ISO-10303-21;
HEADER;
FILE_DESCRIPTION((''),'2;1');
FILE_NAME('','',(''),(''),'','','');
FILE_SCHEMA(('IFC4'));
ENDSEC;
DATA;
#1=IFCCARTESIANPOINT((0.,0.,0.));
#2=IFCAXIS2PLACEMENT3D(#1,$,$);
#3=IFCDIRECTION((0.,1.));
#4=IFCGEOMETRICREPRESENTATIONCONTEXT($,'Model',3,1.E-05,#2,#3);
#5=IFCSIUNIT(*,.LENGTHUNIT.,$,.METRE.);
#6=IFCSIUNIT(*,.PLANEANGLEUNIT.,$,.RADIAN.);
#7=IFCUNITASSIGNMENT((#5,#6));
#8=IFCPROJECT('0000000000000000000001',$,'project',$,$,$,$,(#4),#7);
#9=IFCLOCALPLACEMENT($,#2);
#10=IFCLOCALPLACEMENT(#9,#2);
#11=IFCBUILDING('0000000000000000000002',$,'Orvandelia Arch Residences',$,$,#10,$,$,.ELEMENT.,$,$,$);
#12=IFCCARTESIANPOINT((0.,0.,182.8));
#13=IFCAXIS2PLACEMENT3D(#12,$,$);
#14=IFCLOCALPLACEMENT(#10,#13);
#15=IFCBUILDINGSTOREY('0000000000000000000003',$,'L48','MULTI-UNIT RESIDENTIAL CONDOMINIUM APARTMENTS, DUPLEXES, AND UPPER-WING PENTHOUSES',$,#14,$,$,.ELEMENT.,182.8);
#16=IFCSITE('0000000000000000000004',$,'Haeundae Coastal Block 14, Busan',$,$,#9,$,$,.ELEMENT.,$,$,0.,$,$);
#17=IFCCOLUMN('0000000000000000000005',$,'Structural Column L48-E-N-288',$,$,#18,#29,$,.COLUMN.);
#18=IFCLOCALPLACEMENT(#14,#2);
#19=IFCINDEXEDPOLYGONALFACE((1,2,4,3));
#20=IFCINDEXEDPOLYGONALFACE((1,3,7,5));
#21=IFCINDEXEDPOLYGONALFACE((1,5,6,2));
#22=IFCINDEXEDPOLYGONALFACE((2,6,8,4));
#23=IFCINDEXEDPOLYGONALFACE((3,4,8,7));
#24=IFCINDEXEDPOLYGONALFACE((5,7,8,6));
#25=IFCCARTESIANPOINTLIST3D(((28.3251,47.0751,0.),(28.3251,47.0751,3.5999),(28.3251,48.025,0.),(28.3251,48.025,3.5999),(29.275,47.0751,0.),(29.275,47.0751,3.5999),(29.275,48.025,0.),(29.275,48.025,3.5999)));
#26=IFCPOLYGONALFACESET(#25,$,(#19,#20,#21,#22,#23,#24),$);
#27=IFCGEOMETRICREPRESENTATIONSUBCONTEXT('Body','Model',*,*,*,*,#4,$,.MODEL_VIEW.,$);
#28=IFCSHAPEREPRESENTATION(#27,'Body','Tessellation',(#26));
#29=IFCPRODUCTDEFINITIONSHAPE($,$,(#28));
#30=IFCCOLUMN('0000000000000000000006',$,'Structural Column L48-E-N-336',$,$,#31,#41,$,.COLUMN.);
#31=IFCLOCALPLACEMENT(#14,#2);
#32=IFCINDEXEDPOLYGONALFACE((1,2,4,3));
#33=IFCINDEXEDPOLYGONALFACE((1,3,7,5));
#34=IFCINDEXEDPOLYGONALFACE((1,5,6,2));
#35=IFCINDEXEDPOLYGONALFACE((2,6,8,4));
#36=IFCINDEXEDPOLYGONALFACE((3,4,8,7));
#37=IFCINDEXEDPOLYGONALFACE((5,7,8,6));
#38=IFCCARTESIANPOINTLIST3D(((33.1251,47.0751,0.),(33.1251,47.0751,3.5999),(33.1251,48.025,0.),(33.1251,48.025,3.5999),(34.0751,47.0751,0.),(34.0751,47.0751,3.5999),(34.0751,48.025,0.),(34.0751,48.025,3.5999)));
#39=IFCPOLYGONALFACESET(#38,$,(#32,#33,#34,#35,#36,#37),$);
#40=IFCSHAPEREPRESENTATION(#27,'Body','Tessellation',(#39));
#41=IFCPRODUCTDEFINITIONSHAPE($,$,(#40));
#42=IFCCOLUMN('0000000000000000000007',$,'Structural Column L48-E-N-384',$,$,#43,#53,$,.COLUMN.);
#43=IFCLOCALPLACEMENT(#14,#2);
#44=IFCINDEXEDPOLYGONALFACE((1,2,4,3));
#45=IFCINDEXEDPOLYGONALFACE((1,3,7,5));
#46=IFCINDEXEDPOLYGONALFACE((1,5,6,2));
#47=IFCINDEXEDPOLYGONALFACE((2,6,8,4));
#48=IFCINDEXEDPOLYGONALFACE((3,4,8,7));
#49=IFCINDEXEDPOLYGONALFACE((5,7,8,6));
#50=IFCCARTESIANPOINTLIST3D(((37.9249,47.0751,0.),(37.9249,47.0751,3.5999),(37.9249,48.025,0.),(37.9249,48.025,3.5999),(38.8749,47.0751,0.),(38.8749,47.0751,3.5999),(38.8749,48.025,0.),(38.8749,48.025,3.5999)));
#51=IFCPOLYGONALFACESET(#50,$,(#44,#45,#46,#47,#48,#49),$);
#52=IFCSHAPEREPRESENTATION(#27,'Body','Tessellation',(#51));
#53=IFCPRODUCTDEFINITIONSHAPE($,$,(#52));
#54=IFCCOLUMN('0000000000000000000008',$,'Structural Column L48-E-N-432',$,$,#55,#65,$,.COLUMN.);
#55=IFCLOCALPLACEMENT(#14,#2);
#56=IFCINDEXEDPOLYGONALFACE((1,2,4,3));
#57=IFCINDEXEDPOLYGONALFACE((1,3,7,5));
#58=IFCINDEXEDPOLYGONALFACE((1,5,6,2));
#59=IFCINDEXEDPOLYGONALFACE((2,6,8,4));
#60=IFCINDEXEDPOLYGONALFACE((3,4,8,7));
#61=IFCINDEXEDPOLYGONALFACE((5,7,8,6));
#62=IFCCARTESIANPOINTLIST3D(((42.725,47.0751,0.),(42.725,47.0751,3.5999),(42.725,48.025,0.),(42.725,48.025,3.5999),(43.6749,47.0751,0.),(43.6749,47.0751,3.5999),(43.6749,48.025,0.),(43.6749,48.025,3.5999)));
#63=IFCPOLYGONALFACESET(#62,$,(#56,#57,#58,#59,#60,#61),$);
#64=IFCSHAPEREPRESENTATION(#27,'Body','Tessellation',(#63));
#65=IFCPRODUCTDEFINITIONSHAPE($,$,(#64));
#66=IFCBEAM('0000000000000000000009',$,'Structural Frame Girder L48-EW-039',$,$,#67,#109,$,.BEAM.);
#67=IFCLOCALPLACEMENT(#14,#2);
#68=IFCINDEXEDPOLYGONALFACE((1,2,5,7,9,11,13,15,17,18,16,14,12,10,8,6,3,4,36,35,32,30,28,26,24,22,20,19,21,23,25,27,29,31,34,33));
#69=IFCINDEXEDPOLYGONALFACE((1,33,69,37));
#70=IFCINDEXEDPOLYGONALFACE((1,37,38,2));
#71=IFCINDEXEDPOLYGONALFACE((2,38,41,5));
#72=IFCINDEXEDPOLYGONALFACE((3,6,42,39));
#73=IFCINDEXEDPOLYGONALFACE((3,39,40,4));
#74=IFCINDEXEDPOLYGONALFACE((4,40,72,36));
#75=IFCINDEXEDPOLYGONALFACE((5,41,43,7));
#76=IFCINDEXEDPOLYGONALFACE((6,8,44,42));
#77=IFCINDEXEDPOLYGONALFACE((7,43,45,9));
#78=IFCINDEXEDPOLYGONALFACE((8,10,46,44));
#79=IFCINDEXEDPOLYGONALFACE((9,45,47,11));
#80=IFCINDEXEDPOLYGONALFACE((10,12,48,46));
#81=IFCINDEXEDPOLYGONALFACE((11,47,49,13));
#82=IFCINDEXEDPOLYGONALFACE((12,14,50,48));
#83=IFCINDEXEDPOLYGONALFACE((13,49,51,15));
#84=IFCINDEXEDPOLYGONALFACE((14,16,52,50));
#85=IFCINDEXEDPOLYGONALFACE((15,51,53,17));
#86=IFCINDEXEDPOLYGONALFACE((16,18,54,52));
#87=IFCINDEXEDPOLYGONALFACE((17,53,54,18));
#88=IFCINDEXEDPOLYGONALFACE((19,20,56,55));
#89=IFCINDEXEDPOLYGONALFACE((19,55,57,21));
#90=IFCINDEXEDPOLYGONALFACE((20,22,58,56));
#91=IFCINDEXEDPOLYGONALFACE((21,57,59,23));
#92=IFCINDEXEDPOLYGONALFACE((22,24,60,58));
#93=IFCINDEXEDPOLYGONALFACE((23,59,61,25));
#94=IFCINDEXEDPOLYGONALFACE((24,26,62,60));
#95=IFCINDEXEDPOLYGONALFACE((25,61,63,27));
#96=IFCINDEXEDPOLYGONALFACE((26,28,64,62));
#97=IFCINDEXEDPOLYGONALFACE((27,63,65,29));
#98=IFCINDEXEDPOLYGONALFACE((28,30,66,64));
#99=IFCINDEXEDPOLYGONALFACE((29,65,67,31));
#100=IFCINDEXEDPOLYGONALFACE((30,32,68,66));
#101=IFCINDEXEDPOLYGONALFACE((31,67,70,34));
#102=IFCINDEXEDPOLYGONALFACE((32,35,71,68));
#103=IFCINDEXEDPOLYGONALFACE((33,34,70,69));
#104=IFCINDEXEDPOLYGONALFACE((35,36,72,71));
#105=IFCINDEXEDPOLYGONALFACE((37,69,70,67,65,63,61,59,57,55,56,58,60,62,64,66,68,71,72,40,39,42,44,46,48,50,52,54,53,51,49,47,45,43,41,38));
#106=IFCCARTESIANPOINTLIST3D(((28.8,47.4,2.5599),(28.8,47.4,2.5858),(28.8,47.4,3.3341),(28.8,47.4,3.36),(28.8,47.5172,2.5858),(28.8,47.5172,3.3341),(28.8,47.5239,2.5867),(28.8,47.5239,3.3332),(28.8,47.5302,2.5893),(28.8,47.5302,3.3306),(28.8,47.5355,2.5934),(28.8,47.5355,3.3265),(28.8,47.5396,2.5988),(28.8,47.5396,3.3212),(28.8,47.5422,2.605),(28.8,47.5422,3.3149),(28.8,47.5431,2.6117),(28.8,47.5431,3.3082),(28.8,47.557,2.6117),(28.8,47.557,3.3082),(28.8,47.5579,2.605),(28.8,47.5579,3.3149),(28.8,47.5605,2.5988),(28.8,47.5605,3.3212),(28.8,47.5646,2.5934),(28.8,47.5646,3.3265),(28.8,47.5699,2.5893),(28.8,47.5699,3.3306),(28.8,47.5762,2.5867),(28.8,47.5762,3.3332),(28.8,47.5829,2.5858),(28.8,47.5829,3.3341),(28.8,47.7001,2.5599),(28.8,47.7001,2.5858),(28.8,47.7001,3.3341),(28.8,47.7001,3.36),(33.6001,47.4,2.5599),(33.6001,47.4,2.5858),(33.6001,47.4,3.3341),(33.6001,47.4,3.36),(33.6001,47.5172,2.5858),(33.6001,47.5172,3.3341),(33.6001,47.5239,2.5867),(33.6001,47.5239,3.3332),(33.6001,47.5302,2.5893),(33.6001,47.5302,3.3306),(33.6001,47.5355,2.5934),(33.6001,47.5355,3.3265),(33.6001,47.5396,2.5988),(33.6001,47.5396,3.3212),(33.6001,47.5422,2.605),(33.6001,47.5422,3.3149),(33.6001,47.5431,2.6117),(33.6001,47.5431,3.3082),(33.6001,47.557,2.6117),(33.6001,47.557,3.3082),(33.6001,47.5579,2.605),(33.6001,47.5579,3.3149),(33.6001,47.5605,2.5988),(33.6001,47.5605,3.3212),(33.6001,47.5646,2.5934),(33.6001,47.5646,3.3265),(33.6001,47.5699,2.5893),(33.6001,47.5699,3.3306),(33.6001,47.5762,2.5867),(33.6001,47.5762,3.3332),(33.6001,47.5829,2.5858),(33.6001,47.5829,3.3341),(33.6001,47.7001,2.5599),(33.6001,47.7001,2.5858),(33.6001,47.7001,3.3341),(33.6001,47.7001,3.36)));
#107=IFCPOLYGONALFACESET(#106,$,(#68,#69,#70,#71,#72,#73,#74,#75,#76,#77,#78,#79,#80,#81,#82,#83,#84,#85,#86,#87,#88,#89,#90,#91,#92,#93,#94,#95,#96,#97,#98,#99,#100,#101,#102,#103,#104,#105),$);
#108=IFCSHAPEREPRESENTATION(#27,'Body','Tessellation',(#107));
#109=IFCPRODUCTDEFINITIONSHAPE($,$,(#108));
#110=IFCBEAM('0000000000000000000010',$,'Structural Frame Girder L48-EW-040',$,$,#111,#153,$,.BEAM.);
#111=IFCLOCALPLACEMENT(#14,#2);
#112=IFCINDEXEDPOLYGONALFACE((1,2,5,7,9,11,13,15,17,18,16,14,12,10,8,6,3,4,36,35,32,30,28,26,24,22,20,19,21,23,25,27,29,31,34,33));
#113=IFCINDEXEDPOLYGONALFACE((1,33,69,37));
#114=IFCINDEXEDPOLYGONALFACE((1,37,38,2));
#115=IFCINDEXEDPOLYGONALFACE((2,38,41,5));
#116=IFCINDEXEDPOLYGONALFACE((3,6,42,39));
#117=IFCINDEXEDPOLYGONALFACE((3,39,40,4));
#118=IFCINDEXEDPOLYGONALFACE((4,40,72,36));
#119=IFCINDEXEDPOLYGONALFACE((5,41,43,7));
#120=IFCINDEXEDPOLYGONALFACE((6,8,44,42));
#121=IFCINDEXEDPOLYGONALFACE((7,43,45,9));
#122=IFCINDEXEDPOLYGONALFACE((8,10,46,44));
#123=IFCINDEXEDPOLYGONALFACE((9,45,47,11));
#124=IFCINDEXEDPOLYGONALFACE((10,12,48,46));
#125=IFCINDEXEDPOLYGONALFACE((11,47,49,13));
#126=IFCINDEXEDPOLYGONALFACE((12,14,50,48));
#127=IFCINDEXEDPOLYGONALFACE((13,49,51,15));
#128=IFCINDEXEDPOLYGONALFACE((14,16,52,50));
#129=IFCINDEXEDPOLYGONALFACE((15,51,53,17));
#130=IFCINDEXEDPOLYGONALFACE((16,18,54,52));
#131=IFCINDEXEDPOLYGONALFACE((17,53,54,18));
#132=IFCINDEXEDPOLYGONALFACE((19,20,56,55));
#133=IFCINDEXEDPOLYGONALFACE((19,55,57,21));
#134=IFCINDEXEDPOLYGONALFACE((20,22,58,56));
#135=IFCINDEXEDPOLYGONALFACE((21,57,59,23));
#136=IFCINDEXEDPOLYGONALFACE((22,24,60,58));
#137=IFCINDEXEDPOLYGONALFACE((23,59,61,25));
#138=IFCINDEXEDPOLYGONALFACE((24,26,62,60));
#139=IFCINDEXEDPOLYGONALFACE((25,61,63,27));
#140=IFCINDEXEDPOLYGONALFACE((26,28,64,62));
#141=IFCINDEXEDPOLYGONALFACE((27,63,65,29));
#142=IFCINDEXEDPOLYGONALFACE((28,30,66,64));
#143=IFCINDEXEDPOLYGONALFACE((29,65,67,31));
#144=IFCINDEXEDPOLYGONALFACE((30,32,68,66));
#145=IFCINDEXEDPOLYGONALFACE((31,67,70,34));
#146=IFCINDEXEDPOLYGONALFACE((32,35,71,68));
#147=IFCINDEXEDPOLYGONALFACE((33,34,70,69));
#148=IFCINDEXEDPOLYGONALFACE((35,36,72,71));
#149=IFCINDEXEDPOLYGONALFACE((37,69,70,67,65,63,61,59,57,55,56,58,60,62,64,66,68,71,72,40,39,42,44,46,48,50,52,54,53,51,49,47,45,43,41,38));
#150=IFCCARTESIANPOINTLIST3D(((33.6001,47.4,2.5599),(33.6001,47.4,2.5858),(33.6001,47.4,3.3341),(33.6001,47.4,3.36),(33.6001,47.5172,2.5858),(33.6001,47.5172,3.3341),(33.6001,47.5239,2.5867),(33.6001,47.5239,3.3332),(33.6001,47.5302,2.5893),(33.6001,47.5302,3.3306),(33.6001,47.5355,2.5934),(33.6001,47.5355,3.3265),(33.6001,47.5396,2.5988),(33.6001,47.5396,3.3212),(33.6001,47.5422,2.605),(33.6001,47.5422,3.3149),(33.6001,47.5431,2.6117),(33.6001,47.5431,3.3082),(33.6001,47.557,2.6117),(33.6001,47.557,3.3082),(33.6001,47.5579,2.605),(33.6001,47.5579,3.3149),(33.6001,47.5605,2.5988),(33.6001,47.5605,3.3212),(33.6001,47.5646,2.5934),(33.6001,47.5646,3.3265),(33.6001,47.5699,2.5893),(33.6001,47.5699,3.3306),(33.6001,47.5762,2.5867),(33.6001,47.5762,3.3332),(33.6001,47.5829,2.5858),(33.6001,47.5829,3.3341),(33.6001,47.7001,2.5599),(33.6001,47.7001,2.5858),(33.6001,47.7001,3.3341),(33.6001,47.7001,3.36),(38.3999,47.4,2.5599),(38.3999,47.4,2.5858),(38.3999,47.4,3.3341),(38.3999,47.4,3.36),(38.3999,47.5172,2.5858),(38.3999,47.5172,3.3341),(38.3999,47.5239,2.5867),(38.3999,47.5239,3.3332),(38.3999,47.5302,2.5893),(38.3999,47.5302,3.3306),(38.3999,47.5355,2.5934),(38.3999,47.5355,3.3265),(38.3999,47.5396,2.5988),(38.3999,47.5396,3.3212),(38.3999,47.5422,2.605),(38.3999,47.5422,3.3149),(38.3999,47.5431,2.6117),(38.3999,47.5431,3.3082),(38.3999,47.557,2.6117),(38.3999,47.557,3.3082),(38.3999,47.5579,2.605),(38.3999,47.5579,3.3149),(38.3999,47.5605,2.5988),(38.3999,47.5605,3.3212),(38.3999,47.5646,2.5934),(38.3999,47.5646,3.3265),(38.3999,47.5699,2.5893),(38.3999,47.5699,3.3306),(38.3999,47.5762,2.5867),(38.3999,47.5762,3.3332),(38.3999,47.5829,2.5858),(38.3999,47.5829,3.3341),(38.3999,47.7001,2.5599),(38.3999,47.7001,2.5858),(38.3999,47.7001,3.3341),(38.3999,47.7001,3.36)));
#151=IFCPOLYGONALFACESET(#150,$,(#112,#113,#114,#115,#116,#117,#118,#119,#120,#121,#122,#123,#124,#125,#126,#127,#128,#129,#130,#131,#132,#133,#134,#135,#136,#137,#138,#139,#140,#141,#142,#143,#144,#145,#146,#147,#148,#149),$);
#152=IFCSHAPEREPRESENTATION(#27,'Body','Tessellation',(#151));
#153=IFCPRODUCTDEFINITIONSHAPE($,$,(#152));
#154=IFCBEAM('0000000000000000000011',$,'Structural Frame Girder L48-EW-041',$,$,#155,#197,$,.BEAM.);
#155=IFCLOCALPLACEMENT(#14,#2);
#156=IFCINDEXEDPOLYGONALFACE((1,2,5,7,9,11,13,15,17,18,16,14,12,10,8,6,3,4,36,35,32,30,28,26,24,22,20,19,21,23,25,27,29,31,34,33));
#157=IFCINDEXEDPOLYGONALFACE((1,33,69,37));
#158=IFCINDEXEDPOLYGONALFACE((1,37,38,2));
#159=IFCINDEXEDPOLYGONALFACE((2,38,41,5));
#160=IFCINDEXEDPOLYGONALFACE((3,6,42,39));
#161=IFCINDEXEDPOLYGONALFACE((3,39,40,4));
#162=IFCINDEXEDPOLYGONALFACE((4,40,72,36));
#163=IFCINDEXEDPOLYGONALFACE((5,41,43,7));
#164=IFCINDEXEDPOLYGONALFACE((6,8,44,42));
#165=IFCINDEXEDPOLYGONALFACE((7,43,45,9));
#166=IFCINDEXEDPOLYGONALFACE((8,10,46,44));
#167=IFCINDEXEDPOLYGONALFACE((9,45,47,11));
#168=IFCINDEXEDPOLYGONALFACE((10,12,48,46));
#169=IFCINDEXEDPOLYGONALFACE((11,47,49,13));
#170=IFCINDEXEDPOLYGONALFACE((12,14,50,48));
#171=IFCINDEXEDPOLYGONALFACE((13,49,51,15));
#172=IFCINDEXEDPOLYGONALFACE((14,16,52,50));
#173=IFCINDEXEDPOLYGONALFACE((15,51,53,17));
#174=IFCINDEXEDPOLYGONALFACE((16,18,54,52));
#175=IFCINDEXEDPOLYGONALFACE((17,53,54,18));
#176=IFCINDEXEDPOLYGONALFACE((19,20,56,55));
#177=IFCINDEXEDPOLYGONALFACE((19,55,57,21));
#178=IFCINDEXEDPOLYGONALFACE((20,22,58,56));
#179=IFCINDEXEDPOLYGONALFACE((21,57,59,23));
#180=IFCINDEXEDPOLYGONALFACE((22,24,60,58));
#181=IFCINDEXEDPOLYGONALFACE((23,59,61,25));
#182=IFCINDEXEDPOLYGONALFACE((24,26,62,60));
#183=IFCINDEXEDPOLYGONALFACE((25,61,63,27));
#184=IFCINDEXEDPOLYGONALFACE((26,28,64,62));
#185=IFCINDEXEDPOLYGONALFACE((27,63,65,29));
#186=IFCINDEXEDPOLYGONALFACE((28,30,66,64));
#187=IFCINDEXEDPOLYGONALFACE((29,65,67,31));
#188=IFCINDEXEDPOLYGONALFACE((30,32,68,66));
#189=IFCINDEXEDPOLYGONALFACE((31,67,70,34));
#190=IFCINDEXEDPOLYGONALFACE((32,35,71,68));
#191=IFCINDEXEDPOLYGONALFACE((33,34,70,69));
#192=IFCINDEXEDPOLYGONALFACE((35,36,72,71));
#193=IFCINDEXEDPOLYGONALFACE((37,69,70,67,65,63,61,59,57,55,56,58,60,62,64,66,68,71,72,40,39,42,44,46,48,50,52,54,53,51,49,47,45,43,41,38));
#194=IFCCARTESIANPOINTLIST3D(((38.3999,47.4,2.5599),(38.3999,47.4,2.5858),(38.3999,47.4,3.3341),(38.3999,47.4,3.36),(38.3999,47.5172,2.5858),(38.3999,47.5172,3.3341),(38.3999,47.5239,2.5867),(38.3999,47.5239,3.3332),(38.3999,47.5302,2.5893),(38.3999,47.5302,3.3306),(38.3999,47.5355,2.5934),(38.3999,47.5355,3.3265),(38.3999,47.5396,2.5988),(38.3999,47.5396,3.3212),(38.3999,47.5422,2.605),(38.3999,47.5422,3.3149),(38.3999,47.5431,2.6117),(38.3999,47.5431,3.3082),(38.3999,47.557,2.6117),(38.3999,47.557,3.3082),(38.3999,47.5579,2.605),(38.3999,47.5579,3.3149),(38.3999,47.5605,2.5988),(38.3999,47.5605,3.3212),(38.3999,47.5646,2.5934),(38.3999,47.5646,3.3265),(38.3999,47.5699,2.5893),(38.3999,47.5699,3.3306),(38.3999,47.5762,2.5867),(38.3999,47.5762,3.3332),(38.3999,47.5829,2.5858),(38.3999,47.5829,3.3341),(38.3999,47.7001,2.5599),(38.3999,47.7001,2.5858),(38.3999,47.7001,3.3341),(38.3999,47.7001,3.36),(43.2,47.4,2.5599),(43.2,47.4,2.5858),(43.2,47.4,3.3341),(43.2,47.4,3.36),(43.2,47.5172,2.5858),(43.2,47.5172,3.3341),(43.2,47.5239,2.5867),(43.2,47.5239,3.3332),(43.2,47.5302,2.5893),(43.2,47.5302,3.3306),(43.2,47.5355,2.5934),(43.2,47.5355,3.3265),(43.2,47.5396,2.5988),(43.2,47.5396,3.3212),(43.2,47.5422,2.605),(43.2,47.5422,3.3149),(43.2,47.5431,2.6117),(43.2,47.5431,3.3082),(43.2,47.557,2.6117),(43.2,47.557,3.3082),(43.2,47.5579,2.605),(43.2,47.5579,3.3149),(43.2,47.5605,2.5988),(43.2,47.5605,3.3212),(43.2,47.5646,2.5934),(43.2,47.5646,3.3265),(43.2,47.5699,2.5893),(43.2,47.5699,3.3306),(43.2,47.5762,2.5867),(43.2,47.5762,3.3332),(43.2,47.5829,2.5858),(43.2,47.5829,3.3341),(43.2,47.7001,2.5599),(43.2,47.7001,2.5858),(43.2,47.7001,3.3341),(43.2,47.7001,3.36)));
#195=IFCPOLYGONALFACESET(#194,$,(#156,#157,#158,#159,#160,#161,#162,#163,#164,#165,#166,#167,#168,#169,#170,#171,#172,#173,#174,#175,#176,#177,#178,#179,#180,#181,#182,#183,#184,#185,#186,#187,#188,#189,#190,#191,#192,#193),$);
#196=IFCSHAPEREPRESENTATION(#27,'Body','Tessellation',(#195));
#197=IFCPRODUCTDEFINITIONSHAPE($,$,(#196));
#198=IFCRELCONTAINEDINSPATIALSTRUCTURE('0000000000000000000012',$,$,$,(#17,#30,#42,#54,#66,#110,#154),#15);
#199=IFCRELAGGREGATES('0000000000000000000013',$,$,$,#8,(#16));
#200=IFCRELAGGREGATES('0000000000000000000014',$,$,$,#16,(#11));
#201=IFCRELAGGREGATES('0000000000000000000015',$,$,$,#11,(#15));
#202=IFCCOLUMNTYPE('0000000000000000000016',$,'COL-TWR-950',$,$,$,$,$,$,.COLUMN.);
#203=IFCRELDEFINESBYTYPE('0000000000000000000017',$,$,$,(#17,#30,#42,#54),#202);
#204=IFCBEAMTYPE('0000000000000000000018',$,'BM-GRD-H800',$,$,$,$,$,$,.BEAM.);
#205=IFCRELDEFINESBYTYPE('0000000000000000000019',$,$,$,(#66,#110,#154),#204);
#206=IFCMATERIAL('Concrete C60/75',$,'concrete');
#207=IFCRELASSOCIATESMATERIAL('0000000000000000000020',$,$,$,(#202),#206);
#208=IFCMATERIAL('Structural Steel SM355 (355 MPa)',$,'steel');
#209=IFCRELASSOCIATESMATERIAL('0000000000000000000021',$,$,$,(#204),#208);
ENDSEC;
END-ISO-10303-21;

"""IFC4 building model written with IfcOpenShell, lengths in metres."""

from ifc_helpers import new_model, si_unit, direction, frame, origin, origin_2d, place, context, subcontext, project, spatial, rectangle, i_section, extrude, material, material_profile, profile_set, type_object, element, save


model = new_model("IFC4")

# Units and contexts
model_context = context("Model", 3, precision=1e-05, world=origin(), true_north=direction((0.0, 1.0)))
body_context = subcontext(model_context, "Body", "Model", "MODEL_VIEW")
ifc_project = project(units=[si_unit("LENGTHUNIT", "METRE"), si_unit("PLANEANGLEUNIT", "RADIAN")], contexts=[model_context])

# Site, building, storey
site_placement = place(None, origin())
site = spatial("IfcSite", under=ifc_project, at=site_placement, Name="Haeundae Coastal Block 14, Busan", CompositionType="ELEMENT", RefElevation=0.0)
building_placement = place(site_placement, origin())
building = spatial("IfcBuilding", under=site, at=building_placement, Name="Orvandelia Arch Residences", CompositionType="ELEMENT")
storey_placement = place(building_placement, frame((0.0, 0.0, 182.8)))
storey = spatial("IfcBuildingStorey", under=building, at=storey_placement, Name="L48", Description="MULTI-UNIT RESIDENTIAL CONDOMINIUM APARTMENTS, DUPLEXES, AND UPPER-WING PENTHOUSES", CompositionType="ELEMENT", Elevation=182.8)

# Columns
ifc_material_1 = material(Name="Concrete C60/75", Category="concrete")
ifc_material_profile_1 = material_profile(ifc_material_1, rectangle(XDim=0.95, YDim=0.95, at=origin_2d()), Name="Concrete C60/75", Category="concrete")
ifc_profile_set_1 = profile_set([ifc_material_profile_1], Name="Concrete C60/75")
column_type = type_object("IfcColumnType", Name="COL-TWR-950", PredefinedType="COLUMN", material=ifc_profile_set_1)
for number, where, z_axis, x_axis, name in (
    (1, (28.8, 47.55, 0.0), (0.0, 0.0, 1.0), (1.0, 0.0, 0.0), "Structural Column L48-E-N-288"),
    (2, (33.6001, 47.55, 0.0), (0.0, 0.0, 1.0), (1.0, 0.0, 0.0), "Structural Column L48-E-N-336"),
    (3, (38.3999, 47.55, 0.0), (0.0, 0.0, 1.0), (1.0, 0.0, 0.0), "Structural Column L48-E-N-384"),
    (4, (43.2, 47.55, 0.0), (0.0, 0.0, 1.0), (1.0, 0.0, 0.0), "Structural Column L48-E-N-432"),
):
    element("IfcColumn", number, at=place(storey_placement, frame(where, z_axis=z_axis, x_axis=x_axis)), inside=storey, type_object=column_type, Name=name, PredefinedType="COLUMN", context=body_context, shape_type="SweptSolid", body=[
        extrude(rectangle(XDim=0.95, YDim=0.95, at=origin_2d()), origin(), (0.0, 0.0, 1.0), 3.5999),
    ])

# Beams
ifc_material_2 = material(Name="Structural Steel SM355 (355 MPa)", Category="steel")
ifc_material_profile_2 = material_profile(ifc_material_2, i_section(OverallWidth=0.3, OverallDepth=0.8, WebThickness=0.0139, FlangeThickness=0.0259, FilletRadius=0.0259, at=origin_2d()), Name="Structural Steel SM355 (355 MPa)", Category="steel")
ifc_profile_set_2 = profile_set([ifc_material_profile_2], Name="Structural Steel SM355 (355 MPa)")
beam_type = type_object("IfcBeamType", Name="BM-GRD-H800", PredefinedType="BEAM", material=ifc_profile_set_2)
beam_1_placement = place(storey_placement, frame((28.8, 47.55, 2.96), z_axis=(1.0, 0.0, 0.0), x_axis=(0.0, 1.0, 0.0)))
element("IfcBeam", 5, at=beam_1_placement, inside=storey, type_object=beam_type, Name="Structural Frame Girder L48-EW-039", PredefinedType="BEAM", context=body_context, shape_type="SweptSolid", body=[
    extrude(i_section(OverallWidth=0.3, OverallDepth=0.8, WebThickness=0.0139, FlangeThickness=0.0259, FilletRadius=0.0259, at=origin_2d()), origin(), (0.0, 0.0, 1.0), 4.8),
])
beam_2_placement = place(storey_placement, frame((33.6001, 47.55, 2.96), z_axis=(1.0, 0.0, 0.0), x_axis=(0.0, 1.0, 0.0)))
element("IfcBeam", 6, at=beam_2_placement, inside=storey, type_object=beam_type, Name="Structural Frame Girder L48-EW-040", PredefinedType="BEAM", context=body_context, shape_type="SweptSolid", body=[
    extrude(i_section(OverallWidth=0.3, OverallDepth=0.8, WebThickness=0.0139, FlangeThickness=0.0259, FilletRadius=0.0259, at=origin_2d()), origin(), (0.0, 0.0, 1.0), 4.7998),
])
for number, where, z_axis, x_axis, name in (
    (7, (38.3999, 47.55, 2.96), (1.0, 0.0, 0.0), (0.0, 1.0, 0.0), "Structural Frame Girder L48-EW-041"),
):
    element("IfcBeam", number, at=place(storey_placement, frame(where, z_axis=z_axis, x_axis=x_axis)), inside=storey, type_object=beam_type, Name=name, PredefinedType="BEAM", context=body_context, shape_type="SweptSolid", body=[
        extrude(i_section(OverallWidth=0.3, OverallDepth=0.8, WebThickness=0.0139, FlangeThickness=0.0259, FilletRadius=0.0259, at=origin_2d()), origin(), (0.0, 0.0, 1.0), 4.8),
    ])

save(model, "model.ifc")
